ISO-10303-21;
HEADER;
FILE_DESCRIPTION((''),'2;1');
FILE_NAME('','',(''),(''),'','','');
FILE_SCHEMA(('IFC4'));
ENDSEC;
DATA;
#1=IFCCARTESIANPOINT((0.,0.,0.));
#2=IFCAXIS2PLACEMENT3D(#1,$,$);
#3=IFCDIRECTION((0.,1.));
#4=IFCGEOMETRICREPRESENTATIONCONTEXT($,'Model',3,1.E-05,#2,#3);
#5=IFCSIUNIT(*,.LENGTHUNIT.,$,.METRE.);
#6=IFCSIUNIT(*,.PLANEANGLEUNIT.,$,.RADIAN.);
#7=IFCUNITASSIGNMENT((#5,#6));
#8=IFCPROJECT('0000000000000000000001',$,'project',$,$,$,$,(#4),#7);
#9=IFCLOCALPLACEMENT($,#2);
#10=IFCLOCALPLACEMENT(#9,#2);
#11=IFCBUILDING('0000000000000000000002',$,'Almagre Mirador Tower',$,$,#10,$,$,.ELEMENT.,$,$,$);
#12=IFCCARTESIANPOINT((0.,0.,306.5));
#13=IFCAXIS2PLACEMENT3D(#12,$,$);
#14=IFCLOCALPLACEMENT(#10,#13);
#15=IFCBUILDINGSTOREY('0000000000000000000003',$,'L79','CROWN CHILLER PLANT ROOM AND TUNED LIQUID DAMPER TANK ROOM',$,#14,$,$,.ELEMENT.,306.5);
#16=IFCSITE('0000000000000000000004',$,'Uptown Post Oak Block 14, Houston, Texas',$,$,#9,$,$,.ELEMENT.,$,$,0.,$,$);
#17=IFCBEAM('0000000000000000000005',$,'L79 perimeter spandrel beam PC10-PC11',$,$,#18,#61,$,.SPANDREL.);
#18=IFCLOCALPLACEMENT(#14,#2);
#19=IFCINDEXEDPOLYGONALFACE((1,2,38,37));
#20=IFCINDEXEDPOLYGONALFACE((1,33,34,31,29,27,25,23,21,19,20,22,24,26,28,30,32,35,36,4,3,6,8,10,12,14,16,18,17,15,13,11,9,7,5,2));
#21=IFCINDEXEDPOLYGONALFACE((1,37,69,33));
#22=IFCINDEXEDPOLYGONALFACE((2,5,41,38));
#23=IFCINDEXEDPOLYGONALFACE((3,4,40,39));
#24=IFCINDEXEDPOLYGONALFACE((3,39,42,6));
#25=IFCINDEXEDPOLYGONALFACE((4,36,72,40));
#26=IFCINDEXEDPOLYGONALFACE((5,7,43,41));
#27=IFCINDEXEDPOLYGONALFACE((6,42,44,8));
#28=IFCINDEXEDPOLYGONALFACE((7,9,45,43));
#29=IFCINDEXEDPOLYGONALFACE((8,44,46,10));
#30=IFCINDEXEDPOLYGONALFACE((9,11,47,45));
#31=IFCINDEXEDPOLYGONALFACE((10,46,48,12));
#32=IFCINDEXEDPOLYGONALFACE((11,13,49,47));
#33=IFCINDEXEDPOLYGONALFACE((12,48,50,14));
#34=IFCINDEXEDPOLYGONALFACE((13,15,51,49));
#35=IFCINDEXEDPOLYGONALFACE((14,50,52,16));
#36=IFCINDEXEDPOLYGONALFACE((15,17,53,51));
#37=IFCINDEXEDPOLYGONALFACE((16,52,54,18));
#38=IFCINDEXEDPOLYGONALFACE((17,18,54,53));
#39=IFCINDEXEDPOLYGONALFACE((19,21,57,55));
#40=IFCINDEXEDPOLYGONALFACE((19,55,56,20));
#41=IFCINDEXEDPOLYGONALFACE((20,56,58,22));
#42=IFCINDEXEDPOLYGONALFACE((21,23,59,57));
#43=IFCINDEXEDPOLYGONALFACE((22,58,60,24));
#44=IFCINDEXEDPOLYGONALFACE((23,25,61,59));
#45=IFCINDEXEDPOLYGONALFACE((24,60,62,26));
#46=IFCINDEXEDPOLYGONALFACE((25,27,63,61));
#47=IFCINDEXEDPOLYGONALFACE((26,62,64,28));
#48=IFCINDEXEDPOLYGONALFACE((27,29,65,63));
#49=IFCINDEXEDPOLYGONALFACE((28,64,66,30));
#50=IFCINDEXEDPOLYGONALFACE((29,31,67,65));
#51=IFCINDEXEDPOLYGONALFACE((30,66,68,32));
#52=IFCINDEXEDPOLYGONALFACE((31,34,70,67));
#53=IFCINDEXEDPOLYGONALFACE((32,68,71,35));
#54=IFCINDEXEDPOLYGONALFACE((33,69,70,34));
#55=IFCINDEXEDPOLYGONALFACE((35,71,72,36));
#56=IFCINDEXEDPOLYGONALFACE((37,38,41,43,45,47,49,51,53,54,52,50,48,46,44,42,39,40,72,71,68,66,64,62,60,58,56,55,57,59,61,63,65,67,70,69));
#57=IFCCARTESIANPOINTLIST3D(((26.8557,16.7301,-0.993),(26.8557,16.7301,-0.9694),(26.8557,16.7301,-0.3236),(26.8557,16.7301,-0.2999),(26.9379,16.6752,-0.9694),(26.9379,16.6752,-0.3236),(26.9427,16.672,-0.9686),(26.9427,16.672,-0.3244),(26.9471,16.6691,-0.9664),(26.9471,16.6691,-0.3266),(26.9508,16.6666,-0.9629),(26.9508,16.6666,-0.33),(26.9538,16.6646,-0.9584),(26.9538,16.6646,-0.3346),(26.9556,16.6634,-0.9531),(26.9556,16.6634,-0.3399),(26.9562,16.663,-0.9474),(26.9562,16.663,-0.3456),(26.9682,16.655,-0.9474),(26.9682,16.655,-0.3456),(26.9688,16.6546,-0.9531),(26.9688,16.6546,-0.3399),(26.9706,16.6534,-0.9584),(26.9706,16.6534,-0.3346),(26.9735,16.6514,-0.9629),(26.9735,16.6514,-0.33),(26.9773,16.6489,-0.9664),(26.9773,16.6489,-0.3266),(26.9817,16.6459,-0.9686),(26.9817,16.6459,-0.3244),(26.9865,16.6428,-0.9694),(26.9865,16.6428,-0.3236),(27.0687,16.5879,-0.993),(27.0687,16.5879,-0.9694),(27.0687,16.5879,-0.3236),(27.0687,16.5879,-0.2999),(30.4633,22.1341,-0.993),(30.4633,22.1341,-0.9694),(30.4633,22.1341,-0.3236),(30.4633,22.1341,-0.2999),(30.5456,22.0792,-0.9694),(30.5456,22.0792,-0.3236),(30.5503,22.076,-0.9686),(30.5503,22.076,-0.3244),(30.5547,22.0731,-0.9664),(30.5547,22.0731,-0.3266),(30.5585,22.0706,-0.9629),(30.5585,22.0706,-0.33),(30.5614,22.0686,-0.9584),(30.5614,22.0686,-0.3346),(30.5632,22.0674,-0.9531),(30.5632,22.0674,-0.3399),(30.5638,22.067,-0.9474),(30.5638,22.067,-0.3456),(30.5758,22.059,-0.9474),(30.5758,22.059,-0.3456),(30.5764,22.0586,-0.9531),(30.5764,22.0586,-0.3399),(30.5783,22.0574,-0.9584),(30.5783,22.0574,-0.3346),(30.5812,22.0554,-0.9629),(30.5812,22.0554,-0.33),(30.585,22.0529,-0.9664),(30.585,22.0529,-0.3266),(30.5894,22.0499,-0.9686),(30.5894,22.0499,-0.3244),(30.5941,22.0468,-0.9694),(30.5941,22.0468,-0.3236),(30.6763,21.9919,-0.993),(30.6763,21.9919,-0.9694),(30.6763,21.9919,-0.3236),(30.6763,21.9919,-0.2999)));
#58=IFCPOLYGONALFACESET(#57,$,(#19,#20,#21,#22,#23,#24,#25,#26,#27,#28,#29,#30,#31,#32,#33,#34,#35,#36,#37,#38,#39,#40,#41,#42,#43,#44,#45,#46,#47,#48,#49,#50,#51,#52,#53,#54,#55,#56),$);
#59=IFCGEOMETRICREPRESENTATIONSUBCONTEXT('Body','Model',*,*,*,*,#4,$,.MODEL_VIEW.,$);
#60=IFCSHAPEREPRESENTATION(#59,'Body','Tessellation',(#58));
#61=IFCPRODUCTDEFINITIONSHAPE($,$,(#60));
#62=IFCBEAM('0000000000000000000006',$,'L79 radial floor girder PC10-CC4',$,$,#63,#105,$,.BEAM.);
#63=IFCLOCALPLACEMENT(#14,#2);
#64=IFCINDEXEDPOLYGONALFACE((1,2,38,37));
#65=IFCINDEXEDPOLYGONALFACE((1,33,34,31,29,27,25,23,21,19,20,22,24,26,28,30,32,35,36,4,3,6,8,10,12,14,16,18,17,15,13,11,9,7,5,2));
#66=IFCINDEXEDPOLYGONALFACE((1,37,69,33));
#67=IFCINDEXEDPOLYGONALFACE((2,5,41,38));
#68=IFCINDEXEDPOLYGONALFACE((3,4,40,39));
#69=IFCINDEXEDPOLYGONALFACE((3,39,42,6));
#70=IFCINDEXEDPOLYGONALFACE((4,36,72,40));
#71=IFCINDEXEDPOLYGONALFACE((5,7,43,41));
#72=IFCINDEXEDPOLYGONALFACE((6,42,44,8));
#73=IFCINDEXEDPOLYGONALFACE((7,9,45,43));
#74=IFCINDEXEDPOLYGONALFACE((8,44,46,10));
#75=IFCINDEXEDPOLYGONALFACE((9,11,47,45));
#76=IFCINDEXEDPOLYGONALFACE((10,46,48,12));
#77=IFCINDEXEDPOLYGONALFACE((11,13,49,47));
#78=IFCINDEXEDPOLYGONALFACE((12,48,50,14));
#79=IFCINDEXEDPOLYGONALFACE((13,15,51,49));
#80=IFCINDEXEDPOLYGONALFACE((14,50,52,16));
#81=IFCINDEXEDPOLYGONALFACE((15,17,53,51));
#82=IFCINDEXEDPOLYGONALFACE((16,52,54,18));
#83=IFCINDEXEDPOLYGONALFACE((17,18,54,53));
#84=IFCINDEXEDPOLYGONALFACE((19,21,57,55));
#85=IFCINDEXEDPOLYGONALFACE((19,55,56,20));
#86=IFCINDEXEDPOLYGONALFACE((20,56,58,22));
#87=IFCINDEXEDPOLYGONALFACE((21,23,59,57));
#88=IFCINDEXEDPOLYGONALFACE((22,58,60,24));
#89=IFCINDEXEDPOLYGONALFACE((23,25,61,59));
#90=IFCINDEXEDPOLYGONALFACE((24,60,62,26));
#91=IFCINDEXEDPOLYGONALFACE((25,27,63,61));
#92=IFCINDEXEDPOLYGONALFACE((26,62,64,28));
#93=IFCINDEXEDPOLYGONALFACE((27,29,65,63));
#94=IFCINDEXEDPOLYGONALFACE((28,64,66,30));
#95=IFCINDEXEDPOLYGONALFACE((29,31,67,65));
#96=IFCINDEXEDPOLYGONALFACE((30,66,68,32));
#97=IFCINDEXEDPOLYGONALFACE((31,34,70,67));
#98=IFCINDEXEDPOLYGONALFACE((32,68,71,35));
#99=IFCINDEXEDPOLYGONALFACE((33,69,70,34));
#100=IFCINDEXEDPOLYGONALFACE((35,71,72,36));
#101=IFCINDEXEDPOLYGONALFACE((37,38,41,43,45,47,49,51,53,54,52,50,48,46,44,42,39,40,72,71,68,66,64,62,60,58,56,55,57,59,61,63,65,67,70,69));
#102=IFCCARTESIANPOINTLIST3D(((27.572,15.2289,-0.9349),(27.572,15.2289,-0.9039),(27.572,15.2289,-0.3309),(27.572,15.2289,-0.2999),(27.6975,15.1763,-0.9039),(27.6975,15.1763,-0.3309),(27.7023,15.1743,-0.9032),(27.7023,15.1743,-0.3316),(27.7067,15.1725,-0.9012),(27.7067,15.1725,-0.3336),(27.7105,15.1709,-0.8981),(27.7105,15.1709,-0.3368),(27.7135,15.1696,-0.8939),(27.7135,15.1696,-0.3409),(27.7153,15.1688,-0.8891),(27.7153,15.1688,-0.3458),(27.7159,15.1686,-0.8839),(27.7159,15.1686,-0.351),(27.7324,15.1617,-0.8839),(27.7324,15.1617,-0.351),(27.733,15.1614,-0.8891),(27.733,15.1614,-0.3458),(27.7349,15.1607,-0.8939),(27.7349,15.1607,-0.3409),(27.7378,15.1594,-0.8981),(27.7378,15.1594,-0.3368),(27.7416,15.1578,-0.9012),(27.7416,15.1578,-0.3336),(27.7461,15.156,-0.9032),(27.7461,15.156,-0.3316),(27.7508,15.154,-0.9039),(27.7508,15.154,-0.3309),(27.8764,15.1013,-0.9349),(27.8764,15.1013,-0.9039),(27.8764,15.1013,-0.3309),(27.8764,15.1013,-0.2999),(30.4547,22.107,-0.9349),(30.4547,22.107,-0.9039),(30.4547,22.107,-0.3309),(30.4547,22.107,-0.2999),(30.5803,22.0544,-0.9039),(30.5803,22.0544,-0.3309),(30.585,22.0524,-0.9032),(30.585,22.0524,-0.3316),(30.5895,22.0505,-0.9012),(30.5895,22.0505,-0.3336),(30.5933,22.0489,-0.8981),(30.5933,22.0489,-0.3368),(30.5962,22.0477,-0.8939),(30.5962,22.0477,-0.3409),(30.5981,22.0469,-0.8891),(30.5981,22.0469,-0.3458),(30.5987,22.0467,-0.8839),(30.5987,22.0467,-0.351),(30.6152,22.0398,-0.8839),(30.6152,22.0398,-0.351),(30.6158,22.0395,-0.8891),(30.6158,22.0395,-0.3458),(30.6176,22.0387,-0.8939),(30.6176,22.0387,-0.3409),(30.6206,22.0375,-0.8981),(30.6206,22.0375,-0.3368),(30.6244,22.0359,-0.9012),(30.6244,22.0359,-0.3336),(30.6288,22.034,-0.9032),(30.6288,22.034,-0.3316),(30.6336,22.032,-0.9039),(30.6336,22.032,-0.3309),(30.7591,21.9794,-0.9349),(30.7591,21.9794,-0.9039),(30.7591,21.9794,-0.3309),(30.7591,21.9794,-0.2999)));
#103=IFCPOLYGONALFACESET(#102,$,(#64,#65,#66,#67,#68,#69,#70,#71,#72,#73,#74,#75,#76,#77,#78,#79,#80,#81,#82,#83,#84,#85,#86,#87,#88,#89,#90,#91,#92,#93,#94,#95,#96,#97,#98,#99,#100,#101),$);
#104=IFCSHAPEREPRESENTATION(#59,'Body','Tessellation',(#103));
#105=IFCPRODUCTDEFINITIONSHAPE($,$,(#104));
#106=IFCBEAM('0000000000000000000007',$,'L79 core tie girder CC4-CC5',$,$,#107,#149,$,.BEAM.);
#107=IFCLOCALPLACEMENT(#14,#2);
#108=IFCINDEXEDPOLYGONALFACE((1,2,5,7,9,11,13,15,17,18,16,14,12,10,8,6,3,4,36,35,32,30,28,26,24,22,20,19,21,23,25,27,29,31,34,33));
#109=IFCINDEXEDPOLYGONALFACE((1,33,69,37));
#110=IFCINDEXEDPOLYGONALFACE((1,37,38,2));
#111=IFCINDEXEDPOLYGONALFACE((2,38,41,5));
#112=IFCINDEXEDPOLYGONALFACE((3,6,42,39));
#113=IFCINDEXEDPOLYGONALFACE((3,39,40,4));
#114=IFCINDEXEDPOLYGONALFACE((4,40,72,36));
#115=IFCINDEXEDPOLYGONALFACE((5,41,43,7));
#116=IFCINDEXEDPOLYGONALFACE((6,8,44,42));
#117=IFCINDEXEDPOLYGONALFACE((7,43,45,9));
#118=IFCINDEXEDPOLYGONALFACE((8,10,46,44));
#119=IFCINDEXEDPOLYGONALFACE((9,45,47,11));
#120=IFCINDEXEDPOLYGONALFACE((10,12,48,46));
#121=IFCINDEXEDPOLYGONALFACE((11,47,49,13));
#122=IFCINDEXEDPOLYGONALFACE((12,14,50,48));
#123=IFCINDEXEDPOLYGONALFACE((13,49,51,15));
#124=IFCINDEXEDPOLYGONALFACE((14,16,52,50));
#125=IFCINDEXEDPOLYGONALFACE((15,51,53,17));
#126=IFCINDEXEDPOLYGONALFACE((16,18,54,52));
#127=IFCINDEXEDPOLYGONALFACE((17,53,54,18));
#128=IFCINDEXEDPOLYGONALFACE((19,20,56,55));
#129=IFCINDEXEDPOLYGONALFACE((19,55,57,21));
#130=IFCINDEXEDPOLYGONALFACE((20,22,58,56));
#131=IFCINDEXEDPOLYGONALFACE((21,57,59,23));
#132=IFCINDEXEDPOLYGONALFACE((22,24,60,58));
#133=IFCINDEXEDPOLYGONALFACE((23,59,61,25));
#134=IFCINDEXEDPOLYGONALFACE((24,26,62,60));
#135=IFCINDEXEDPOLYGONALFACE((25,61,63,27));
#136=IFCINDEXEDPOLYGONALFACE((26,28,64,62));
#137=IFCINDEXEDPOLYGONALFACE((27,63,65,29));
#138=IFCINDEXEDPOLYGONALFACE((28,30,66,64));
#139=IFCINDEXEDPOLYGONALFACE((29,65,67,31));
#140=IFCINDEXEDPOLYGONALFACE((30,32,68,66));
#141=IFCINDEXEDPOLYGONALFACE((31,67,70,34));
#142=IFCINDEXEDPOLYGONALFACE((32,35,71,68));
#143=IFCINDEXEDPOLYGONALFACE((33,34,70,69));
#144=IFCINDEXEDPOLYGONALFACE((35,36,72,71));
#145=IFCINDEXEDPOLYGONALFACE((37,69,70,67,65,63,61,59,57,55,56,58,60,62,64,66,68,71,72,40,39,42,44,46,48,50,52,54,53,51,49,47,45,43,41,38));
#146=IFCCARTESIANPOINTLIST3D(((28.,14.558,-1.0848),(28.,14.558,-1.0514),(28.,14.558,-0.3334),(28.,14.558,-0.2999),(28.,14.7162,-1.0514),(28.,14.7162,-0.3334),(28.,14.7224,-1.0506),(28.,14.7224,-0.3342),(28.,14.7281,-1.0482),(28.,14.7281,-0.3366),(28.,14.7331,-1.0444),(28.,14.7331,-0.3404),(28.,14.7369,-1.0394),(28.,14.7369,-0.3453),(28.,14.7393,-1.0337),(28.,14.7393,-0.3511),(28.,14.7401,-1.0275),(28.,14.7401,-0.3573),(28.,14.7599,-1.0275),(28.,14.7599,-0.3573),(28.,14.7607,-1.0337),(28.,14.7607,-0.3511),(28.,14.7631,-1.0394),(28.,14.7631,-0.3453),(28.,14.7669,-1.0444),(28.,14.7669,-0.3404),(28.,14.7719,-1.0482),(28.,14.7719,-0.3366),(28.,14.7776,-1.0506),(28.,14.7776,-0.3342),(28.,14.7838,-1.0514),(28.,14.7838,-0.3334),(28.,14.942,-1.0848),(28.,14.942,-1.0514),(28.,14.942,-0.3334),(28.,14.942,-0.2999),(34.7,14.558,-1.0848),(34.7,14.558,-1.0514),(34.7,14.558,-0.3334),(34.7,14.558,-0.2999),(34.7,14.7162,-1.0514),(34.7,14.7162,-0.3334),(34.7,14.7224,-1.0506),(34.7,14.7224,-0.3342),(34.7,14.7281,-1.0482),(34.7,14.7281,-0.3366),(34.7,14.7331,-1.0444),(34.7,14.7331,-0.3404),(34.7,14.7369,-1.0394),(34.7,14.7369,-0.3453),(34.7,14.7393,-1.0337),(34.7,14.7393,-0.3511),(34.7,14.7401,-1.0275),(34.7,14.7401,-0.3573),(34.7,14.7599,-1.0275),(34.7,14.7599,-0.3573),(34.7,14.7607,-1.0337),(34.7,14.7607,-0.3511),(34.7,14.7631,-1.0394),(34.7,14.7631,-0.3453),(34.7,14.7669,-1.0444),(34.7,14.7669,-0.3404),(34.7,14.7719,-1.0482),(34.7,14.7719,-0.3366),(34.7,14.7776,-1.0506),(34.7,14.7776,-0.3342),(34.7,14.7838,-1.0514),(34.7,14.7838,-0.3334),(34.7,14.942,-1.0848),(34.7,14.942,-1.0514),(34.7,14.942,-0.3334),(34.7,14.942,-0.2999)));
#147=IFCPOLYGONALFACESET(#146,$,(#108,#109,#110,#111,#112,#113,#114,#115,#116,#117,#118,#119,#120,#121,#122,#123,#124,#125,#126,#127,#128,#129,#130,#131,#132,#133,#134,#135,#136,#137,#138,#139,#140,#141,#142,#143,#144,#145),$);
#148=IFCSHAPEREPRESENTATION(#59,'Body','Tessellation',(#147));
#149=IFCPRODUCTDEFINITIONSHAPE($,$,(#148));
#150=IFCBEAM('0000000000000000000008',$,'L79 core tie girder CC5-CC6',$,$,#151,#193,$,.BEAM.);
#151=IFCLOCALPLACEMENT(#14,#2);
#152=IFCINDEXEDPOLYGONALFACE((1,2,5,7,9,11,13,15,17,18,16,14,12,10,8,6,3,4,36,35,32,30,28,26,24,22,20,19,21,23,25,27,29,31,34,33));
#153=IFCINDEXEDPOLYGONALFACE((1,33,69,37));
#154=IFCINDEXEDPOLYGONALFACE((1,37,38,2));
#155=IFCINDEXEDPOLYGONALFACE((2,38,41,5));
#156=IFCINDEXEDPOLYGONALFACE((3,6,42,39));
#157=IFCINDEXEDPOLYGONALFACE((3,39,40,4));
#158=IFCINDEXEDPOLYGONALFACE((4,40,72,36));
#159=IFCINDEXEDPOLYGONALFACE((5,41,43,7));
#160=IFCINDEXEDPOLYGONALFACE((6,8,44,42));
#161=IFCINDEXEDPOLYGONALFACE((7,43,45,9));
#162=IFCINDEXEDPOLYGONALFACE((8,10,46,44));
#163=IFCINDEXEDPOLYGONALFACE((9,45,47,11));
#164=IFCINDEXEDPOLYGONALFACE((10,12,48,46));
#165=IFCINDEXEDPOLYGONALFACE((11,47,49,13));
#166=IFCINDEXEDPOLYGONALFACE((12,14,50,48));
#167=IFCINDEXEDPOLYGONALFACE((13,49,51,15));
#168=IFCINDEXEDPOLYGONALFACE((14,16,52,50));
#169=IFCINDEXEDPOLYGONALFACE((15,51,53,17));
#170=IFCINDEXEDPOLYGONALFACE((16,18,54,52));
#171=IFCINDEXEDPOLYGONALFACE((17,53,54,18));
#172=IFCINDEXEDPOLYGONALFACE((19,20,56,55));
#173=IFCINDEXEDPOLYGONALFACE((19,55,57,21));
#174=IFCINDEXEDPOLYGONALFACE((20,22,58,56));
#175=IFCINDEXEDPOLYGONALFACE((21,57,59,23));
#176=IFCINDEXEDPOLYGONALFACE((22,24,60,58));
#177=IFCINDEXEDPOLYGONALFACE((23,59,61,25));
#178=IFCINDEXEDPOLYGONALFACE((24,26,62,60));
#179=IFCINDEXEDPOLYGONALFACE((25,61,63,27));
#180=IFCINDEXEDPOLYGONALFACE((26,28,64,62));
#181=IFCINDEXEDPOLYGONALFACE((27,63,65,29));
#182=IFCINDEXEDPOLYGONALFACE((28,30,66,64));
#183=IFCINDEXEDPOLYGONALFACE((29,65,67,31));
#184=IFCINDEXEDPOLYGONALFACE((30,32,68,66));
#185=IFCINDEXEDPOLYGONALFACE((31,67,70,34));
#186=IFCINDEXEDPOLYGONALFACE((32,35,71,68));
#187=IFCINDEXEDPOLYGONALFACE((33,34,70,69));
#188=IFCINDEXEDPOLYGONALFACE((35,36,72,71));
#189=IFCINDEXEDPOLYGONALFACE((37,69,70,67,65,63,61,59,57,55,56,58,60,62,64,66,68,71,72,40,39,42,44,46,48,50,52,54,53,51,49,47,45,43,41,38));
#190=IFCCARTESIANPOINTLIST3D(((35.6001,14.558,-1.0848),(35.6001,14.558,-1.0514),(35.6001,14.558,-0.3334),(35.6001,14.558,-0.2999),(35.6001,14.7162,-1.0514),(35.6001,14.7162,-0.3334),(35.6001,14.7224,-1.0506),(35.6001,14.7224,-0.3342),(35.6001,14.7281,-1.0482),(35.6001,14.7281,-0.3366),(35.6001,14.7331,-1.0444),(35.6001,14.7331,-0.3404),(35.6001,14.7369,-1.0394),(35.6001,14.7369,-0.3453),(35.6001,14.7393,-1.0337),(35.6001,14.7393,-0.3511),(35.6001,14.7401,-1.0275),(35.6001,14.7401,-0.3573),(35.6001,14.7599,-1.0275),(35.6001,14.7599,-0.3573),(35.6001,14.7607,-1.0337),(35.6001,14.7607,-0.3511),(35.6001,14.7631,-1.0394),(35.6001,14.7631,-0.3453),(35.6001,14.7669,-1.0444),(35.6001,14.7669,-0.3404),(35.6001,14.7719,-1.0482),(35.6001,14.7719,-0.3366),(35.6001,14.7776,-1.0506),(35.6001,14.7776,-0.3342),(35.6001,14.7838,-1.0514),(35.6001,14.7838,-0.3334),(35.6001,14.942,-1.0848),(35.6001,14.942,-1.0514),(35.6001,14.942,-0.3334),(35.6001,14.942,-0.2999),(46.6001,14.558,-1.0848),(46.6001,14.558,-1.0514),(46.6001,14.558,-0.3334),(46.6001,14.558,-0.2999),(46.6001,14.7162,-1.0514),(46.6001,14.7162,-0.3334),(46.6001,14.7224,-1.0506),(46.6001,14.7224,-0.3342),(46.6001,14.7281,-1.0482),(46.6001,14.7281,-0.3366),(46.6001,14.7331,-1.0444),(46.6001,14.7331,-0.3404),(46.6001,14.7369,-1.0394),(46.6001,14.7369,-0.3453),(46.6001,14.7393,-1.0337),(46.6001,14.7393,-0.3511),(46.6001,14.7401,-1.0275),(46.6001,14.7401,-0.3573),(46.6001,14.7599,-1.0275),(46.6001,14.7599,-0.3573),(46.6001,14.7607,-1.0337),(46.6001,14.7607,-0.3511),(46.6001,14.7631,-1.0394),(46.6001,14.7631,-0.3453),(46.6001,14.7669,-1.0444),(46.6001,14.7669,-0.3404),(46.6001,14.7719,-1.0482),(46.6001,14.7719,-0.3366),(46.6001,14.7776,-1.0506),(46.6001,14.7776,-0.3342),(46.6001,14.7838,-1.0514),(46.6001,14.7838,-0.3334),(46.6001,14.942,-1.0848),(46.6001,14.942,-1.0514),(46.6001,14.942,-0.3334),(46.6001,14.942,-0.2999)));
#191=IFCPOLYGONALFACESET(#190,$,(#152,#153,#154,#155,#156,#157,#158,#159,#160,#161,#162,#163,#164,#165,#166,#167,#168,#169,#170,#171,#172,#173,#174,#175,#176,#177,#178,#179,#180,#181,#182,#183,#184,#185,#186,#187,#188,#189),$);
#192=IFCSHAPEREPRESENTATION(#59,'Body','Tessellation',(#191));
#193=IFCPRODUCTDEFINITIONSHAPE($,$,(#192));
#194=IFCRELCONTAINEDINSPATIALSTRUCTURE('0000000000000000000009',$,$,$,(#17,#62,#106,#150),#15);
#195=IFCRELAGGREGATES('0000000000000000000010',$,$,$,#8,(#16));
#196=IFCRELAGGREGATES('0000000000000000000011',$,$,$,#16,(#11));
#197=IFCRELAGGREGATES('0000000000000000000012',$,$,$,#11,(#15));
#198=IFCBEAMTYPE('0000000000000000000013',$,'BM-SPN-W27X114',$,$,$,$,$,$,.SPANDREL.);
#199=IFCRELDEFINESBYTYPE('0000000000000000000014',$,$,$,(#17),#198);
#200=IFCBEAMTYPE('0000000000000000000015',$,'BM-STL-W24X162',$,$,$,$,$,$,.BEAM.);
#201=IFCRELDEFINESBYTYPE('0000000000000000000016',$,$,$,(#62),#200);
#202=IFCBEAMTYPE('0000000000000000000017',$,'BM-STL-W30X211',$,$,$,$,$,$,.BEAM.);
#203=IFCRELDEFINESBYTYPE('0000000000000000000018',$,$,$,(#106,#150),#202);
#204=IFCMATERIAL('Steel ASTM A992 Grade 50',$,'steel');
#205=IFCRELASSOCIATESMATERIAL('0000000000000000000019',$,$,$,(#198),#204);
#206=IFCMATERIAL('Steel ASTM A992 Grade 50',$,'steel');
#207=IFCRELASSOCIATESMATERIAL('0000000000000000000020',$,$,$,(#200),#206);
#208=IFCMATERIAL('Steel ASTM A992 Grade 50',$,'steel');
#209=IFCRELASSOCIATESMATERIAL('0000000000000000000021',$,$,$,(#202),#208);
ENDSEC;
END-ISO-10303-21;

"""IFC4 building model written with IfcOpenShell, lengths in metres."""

from ifc_helpers import new_model, si_unit, direction, frame, origin, origin_2d, place, context, subcontext, project, spatial, i_section, extrude, material, material_profile, profile_set, type_object, element, save


model = new_model("IFC4")

# Units and contexts
model_context = context("Model", 3, precision=1e-05, world=origin(), true_north=direction((0.0, 1.0)))
body_context = subcontext(model_context, "Body", "Model", "MODEL_VIEW")
ifc_project = project(units=[si_unit("LENGTHUNIT", "METRE"), si_unit("PLANEANGLEUNIT", "RADIAN")], contexts=[model_context])

# Site, building, storey
site_placement = place(None, origin())
site = spatial("IfcSite", under=ifc_project, at=site_placement, Name="Uptown Post Oak Block 14, Houston, Texas", CompositionType="ELEMENT", RefElevation=0.0)
building_placement = place(site_placement, origin())
building = spatial("IfcBuilding", under=site, at=building_placement, Name="Almagre Mirador Tower", CompositionType="ELEMENT")
storey_placement = place(building_placement, frame((0.0, 0.0, 306.5)))
storey = spatial("IfcBuildingStorey", under=building, at=storey_placement, Name="L79", Description="CROWN CHILLER PLANT ROOM AND TUNED LIQUID DAMPER TANK ROOM", CompositionType="ELEMENT", Elevation=306.5)

# Beams
ifc_material_1 = material(Name="Steel ASTM A992 Grade 50", Category="steel")
ifc_material_profile_1 = material_profile(ifc_material_1, i_section(OverallWidth=0.2561, OverallDepth=0.6931, WebThickness=0.0144, FlangeThickness=0.0237, FilletRadius=0.022, at=origin_2d()), Name="W27X114")
ifc_profile_set_1 = profile_set([ifc_material_profile_1], Name="Steel ASTM A992 Grade 50")
beam_type_1 = type_object("IfcBeamType", Name="BM-SPN-W27X114", PredefinedType="SPANDREL", material=ifc_profile_set_1)
beam_1_placement = place(storey_placement, frame((30.5698, 22.063, -0.6465), z_axis=(-0.555229, -0.831698, 0.0), x_axis=(0.831698, -0.555229, 0.0)))
element("IfcBeam", 1, at=beam_1_placement, inside=storey, type_object=beam_type_1, Name="L79 perimeter spandrel beam PC10-PC11", PredefinedType="SPANDREL", context=body_context, shape_type="SweptSolid", body=[
    extrude(i_section(OverallWidth=0.2561, OverallDepth=0.6931, WebThickness=0.0144, FlangeThickness=0.0237, FilletRadius=0.022, at=origin_2d()), origin(), (0.0, 0.0, 1.0), 6.4976),
])
ifc_material_2 = material(Name="Steel ASTM A992 Grade 50", Category="steel")
ifc_material_profile_2 = material_profile(ifc_material_2, i_section(OverallWidth=0.3301, OverallDepth=0.635, WebThickness=0.0178, FlangeThickness=0.031, FilletRadius=0.02, at=origin_2d()), Name="W24X162")
ifc_profile_set_2 = profile_set([ifc_material_profile_2], Name="Steel ASTM A992 Grade 50")
beam_type_2 = type_object("IfcBeamType", Name="BM-STL-W24X162", PredefinedType="BEAM", material=ifc_profile_set_2)
beam_2_placement = place(storey_placement, frame((30.6069, 22.0432, -0.6174), z_axis=(-0.386546, -0.92227, 0.0), x_axis=(0.92227, -0.386546, 0.0)))
element("IfcBeam", 2, at=beam_2_placement, inside=storey, type_object=beam_type_2, Name="L79 radial floor girder PC10-CC4", PredefinedType="BEAM", context=body_context, shape_type="SweptSolid", body=[
    extrude(i_section(OverallWidth=0.3301, OverallDepth=0.635, WebThickness=0.0178, FlangeThickness=0.031, FilletRadius=0.02, at=origin_2d()), origin(), (0.0, 0.0, 1.0), 7.4578),
])
ifc_material_3 = material(Name="Steel ASTM A992 Grade 50", Category="steel")
ifc_material_profile_3 = material_profile(ifc_material_3, i_section(OverallWidth=0.384, OverallDepth=0.7849, WebThickness=0.0198, FlangeThickness=0.0334, FilletRadius=0.0239, at=origin_2d()), Name="W30X211")
ifc_profile_set_3 = profile_set([ifc_material_profile_3], Name="Steel ASTM A992 Grade 50")
beam_type_3 = type_object("IfcBeamType", Name="BM-STL-W30X211", PredefinedType="BEAM", material=ifc_profile_set_3)
beam_3_placement = place(storey_placement, frame((28.0, 14.75, -0.6924), z_axis=(1.0, 0.0, 0.0), x_axis=(0.0, 1.0, 0.0)))
element("IfcBeam", 3, at=beam_3_placement, inside=storey, type_object=beam_type_3, Name="L79 core tie girder CC4-CC5", PredefinedType="BEAM", context=body_context, shape_type="SweptSolid", body=[
    extrude(i_section(OverallWidth=0.384, OverallDepth=0.7849, WebThickness=0.0198, FlangeThickness=0.0334, FilletRadius=0.0239, at=origin_2d()), origin(), (0.0, 0.0, 1.0), 6.7),
])
beam_4_placement = place(storey_placement, frame((35.6001, 14.75, -0.6924), z_axis=(1.0, 0.0, 0.0), x_axis=(0.0, 1.0, 0.0)))
element("IfcBeam", 4, at=beam_4_placement, inside=storey, type_object=beam_type_3, Name="L79 core tie girder CC5-CC6", PredefinedType="BEAM", context=body_context, shape_type="SweptSolid", body=[
    extrude(i_section(OverallWidth=0.384, OverallDepth=0.7849, WebThickness=0.0198, FlangeThickness=0.0334, FilletRadius=0.0239, at=origin_2d()), origin(), (0.0, 0.0, 1.0), 11.0),
])

save(model, "model.ifc")
